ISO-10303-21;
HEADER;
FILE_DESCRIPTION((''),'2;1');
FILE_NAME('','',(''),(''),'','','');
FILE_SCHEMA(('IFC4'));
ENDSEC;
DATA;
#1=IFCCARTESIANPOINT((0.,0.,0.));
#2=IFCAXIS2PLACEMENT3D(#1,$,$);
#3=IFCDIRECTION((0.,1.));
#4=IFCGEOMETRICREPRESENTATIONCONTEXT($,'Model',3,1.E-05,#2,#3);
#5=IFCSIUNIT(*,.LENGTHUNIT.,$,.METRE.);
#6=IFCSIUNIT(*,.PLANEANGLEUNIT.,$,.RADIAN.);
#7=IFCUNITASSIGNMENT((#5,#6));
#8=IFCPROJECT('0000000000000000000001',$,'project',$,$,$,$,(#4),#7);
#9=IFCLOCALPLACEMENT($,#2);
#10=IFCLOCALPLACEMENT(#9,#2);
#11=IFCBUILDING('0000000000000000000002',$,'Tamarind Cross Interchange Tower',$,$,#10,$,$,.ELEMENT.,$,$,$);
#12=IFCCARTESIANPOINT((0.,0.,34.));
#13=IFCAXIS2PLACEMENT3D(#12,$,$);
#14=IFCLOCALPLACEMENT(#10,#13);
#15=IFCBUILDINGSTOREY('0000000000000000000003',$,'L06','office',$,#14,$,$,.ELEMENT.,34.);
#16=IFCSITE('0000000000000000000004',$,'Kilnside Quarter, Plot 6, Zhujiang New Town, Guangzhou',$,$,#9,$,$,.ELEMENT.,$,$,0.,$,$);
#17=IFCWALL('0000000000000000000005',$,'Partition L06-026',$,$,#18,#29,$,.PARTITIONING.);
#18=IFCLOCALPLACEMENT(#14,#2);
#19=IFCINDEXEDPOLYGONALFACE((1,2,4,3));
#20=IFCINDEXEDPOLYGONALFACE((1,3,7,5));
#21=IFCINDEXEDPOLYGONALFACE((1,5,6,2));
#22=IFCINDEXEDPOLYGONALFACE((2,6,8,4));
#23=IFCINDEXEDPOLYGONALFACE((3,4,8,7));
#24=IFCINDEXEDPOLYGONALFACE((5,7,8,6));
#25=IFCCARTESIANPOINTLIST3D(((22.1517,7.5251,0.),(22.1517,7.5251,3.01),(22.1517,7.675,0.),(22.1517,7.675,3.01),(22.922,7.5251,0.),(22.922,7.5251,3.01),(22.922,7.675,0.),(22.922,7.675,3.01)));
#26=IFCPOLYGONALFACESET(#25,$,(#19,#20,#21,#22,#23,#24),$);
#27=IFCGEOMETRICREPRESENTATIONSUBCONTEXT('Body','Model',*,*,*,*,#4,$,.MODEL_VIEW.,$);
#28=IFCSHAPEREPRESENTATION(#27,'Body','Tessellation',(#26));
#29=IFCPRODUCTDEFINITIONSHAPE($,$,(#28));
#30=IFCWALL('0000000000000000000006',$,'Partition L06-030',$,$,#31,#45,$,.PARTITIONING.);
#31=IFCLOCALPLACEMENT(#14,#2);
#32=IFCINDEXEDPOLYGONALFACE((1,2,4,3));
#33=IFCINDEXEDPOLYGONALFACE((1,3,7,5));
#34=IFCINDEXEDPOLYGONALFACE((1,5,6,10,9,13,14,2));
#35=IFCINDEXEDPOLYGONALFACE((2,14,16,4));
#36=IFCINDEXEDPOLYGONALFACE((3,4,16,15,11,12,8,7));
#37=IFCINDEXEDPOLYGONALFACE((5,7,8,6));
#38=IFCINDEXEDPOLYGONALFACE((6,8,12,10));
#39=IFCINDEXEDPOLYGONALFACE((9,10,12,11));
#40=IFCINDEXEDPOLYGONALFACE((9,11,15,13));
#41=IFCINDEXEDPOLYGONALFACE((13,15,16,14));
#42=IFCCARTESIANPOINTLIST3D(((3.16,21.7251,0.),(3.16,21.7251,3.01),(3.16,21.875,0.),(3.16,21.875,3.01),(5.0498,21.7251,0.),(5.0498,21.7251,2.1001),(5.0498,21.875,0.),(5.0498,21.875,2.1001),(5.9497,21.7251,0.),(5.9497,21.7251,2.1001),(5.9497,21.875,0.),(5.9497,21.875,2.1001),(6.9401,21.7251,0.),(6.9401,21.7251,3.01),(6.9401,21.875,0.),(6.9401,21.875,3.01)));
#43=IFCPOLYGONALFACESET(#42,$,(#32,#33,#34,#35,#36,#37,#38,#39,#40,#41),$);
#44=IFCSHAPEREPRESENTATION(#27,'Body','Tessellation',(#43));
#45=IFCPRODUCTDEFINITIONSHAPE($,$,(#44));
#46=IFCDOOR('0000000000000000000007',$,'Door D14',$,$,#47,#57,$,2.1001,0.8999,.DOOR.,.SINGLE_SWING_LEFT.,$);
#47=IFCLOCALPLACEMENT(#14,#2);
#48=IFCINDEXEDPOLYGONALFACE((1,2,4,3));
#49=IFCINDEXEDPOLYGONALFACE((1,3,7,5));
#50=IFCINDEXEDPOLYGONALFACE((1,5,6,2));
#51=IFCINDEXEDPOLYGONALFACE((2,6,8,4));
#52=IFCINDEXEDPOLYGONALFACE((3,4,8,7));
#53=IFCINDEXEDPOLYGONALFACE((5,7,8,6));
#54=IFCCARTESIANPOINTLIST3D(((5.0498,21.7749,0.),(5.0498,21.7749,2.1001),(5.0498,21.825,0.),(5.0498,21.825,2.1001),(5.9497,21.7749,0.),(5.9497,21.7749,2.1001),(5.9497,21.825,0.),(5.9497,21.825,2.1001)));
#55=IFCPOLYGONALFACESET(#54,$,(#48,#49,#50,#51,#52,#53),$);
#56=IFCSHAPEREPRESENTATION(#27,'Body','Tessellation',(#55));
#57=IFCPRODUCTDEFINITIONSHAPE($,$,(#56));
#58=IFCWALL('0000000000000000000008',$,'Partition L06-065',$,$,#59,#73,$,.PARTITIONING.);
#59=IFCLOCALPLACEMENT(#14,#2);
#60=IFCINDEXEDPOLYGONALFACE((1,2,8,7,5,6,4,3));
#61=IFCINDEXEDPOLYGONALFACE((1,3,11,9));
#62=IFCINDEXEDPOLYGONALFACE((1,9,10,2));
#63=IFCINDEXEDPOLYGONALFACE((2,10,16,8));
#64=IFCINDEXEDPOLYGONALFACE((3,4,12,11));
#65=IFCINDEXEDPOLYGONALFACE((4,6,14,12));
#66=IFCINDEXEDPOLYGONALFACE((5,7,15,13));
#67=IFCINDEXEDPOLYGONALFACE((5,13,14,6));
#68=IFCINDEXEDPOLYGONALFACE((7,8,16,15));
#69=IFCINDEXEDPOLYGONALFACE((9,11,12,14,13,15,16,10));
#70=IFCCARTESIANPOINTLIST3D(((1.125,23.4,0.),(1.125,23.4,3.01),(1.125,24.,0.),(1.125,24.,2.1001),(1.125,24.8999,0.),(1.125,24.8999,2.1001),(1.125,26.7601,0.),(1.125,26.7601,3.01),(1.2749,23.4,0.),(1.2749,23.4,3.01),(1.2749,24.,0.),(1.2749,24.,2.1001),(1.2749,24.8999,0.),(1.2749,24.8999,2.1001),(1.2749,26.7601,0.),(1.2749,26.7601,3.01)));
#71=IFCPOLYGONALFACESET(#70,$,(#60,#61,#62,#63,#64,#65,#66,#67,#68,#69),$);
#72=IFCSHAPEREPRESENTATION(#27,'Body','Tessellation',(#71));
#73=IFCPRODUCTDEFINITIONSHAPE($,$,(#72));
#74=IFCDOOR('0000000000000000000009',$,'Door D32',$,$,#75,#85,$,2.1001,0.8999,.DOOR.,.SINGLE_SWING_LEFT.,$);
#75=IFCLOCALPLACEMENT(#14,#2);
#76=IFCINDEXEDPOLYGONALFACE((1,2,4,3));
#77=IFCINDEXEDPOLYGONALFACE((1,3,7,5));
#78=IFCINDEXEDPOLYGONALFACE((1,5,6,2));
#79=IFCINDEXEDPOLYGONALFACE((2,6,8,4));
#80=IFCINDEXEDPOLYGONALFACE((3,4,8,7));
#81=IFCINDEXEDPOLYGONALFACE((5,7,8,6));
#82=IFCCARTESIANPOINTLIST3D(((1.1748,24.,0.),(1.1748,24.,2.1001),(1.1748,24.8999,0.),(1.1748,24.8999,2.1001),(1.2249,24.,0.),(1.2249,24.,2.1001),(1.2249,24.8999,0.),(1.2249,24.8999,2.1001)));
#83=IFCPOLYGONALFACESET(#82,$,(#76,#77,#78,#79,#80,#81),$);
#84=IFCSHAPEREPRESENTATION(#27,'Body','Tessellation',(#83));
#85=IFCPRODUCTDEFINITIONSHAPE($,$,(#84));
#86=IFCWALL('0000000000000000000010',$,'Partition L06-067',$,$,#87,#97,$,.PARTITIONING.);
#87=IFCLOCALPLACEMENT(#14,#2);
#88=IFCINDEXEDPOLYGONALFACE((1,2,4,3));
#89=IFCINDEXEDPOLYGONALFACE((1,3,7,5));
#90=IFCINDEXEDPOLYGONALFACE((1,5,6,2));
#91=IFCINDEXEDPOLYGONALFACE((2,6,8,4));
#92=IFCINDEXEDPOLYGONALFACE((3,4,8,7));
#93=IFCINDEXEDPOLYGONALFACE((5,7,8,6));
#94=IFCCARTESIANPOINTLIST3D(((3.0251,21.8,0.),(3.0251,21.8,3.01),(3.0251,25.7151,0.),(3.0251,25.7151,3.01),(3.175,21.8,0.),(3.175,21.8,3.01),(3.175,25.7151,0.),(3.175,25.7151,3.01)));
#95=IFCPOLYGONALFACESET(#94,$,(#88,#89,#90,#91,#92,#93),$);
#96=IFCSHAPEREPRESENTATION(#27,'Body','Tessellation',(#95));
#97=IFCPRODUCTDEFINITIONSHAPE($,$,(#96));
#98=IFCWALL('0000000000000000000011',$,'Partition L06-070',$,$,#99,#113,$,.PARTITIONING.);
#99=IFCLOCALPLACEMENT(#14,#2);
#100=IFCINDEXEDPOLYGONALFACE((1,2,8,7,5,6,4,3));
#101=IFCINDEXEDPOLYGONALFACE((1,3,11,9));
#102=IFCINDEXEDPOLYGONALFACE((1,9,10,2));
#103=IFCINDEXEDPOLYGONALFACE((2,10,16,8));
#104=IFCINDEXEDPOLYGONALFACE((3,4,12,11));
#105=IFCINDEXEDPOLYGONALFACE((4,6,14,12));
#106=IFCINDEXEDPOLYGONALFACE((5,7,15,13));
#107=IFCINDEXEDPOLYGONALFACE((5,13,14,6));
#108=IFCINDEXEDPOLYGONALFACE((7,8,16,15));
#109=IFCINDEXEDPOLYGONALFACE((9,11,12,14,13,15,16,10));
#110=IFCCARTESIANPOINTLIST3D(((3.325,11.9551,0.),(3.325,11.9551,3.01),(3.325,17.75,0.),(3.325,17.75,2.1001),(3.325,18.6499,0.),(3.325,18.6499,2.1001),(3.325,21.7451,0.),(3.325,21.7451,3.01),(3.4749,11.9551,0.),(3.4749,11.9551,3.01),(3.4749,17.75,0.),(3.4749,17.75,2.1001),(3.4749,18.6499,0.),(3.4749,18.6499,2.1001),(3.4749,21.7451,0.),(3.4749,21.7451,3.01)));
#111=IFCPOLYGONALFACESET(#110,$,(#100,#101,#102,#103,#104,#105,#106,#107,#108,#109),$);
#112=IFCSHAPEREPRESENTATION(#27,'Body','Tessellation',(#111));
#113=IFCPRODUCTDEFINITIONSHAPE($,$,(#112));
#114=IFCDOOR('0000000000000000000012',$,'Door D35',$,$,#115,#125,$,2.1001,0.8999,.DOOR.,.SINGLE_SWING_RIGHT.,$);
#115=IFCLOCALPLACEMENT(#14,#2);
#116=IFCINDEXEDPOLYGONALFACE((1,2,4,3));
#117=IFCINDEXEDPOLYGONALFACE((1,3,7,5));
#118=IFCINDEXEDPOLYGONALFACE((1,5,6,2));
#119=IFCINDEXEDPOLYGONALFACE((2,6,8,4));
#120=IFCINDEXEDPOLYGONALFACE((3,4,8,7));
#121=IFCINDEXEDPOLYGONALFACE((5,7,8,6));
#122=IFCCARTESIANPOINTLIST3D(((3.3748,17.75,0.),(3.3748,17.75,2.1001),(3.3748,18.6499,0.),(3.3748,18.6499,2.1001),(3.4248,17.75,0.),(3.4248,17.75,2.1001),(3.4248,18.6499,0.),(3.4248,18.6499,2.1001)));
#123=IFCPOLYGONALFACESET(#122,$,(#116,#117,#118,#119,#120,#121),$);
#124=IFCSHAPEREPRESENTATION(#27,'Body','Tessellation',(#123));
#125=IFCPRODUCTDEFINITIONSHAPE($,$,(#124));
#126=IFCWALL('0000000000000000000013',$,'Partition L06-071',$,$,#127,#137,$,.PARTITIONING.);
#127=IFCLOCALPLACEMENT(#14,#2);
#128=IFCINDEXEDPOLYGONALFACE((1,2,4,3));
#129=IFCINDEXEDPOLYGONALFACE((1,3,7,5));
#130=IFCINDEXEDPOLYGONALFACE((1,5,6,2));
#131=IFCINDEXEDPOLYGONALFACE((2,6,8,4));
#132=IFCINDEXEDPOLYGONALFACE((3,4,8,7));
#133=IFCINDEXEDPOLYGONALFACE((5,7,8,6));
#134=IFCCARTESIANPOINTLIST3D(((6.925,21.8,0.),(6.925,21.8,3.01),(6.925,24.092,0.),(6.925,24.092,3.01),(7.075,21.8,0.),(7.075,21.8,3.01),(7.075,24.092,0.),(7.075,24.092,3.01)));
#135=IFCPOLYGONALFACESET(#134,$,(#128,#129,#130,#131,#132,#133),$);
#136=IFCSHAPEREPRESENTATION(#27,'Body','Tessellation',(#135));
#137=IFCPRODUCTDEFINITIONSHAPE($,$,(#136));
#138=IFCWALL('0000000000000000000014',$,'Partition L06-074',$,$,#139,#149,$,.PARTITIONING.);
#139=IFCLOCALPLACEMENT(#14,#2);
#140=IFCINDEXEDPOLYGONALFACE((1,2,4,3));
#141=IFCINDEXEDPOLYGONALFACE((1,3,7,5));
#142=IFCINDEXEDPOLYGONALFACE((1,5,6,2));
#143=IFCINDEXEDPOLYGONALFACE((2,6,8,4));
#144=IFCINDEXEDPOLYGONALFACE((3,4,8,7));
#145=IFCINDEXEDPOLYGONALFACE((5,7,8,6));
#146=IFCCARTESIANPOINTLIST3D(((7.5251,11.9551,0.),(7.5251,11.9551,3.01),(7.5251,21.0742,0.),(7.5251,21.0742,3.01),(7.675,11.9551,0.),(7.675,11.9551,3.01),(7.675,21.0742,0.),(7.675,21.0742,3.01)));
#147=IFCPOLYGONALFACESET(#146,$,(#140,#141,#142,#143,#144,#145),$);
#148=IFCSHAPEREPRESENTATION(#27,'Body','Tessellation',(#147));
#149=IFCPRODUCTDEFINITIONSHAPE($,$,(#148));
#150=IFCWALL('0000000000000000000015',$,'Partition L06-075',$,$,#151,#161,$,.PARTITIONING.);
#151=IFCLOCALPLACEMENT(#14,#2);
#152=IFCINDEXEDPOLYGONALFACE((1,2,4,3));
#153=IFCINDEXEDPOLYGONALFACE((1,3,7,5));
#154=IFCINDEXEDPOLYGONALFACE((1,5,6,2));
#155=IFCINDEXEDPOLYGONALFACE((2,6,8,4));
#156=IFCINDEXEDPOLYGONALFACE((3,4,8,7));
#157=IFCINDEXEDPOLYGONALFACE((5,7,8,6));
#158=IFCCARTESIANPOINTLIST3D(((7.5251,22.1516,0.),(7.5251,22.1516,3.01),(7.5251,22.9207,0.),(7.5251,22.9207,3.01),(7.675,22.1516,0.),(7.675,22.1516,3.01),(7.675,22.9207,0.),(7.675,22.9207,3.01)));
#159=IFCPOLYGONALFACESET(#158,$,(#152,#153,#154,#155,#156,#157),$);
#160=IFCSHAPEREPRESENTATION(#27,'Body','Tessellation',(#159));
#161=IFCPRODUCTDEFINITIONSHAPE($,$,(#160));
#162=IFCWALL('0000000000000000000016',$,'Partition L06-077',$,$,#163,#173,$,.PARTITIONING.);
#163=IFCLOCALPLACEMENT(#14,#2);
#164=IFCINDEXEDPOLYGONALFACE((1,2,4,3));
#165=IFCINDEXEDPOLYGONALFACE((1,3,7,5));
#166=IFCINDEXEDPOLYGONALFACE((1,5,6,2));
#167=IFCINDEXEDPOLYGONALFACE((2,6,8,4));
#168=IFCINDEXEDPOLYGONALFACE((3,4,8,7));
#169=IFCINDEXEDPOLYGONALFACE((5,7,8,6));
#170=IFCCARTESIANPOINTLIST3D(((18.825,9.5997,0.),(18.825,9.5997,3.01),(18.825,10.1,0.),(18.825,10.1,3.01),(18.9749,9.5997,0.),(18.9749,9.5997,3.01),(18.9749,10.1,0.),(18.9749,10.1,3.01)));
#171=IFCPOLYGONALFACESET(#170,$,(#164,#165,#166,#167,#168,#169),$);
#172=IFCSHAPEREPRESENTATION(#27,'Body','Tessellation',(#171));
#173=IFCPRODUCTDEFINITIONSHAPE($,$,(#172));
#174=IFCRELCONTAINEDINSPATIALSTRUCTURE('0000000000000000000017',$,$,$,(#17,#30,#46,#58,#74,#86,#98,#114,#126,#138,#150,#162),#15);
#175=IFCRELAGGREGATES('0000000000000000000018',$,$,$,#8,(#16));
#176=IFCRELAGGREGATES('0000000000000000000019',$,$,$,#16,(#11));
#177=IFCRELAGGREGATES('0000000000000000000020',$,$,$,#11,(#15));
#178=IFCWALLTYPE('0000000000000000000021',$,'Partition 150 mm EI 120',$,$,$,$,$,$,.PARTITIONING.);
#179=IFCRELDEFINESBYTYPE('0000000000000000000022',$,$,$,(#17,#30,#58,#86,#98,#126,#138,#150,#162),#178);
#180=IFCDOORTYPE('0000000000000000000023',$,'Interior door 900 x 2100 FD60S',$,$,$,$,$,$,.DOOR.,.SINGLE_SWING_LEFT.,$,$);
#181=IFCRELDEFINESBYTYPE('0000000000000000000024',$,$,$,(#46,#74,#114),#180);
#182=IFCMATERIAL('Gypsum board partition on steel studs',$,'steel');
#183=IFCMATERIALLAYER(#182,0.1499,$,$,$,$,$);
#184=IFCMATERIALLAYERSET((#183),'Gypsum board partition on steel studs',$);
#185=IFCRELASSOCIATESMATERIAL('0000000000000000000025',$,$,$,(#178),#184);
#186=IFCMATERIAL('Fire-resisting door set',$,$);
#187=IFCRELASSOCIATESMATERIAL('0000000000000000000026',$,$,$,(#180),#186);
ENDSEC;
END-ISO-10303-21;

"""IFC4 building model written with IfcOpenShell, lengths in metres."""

from ifc_helpers import new_model, si_unit, direction, frame, frame_2d, origin, place, context, subcontext, project, spatial, rectangle, extrude, material, layer, layer_set, type_object, element, fill, save


model = new_model("IFC4")

# Units and contexts
model_context = context("Model", 3, precision=1e-05, world=origin(), true_north=direction((0.0, 1.0)))
body_context = subcontext(model_context, "Body", "Model", "MODEL_VIEW")
ifc_project = project(units=[si_unit("LENGTHUNIT", "METRE"), si_unit("PLANEANGLEUNIT", "RADIAN")], contexts=[model_context])

# Site, building, storey
site_placement = place(None, origin())
site = spatial("IfcSite", under=ifc_project, at=site_placement, Name="Kilnside Quarter, Plot 6, Zhujiang New Town, Guangzhou", CompositionType="ELEMENT", RefElevation=0.0)
building_placement = place(site_placement, origin())
building = spatial("IfcBuilding", under=site, at=building_placement, Name="Tamarind Cross Interchange Tower", CompositionType="ELEMENT")
storey_placement = place(building_placement, frame((0.0, 0.0, 34.0)))
storey = spatial("IfcBuildingStorey", under=building, at=storey_placement, Name="L06", Description="office", CompositionType="ELEMENT", Elevation=34.0)

# Wall
ifc_material_1 = material(Name="Gypsum board partition on steel studs", Category="steel")
ifc_layer_1 = layer(ifc_material_1, 0.1499)
ifc_layer_set_1 = layer_set([ifc_layer_1], Name="Gypsum board partition on steel studs")
wall_type_1 = type_object("IfcWallType", Name="Partition 150 mm EI 120", PredefinedType="PARTITIONING", material=ifc_layer_set_1)
wall_1_placement = place(storey_placement, frame((22.1516, 7.6001, 0.0), z_axis=(0.0, 0.0, 1.0), x_axis=(1.0, 0.0, 0.0)))
element("IfcWall", 1, at=wall_1_placement, inside=storey, type_object=wall_type_1, Name="Partition L06-026", PredefinedType="PARTITIONING", context=body_context, shape_type="SweptSolid", body=[
    extrude(rectangle(XDim=0.7703, YDim=0.1499, at=frame_2d((0.3853, 0.0))), origin(), (0.0, 0.0, 1.0), 3.01),
])

# Walls, openings, doors
wall_2_placement = place(storey_placement, frame((3.1599, 21.8, 0.0), z_axis=(0.0, 0.0, 1.0), x_axis=(1.0, 0.0, 0.0)))
wall_2 = element("IfcWall", 2, at=wall_2_placement, inside=storey, type_object=wall_type_1, Name="Partition L06-030", PredefinedType="PARTITIONING", context=body_context, shape_type="SweptSolid", body=[
    extrude(rectangle(XDim=3.78, YDim=0.1499, at=frame_2d((1.8901, 0.0))), origin(), (0.0, 0.0, 1.0), 3.01),
])
opening_1_placement = place(wall_2_placement, frame((1.8899, 0.0, 0.0)))
opening_1 = element("IfcOpeningElement", 3, at=opening_1_placement, cuts=wall_2, PredefinedType="OPENING", context=body_context, shape_type="SweptSolid", body=[
    extrude(rectangle(XDim=0.8999, YDim=2.1001, at=frame_2d((0.45, 1.05))), frame((0.0, 0.085, 0.0), z_axis=(0.0, -1.0, 0.0), x_axis=(1.0, 0.0, 0.0)), (0.0, 0.0, 1.0), 0.1699),
])
ifc_material_2 = material(Name="Fire-resisting door set")
door_type = type_object("IfcDoorType", Name="Interior door 900 x 2100 FD60S", OperationType="SINGLE_SWING_LEFT", PredefinedType="DOOR", material=ifc_material_2)
door_1_placement = place(opening_1_placement, origin())
door_1 = element("IfcDoor", 4, at=door_1_placement, inside=storey, type_object=door_type, Name="Door D14", OperationType="SINGLE_SWING_LEFT", OverallHeight=2.1001, OverallWidth=0.8999, PredefinedType="DOOR", context=body_context, shape_type="SweptSolid", body=[
    extrude(rectangle(XDim=0.8999, YDim=2.1001, at=frame_2d((0.45, 1.05))), frame((0.0, 0.0249, 0.0), z_axis=(0.0, -1.0, 0.0), x_axis=(1.0, 0.0, 0.0)), (0.0, 0.0, 1.0), 0.05),
])
fill(opening_1, door_1)
wall_3_placement = place(storey_placement, frame((1.2, 23.3999, 0.0), z_axis=(0.0, 0.0, 1.0), x_axis=(0.0, 1.0, 0.0)))
wall_3 = element("IfcWall", 5, at=wall_3_placement, inside=storey, type_object=wall_type_1, Name="Partition L06-065", PredefinedType="PARTITIONING", context=body_context, shape_type="SweptSolid", body=[
    extrude(rectangle(XDim=3.3601, YDim=0.1499, at=frame_2d((1.6802, 0.0))), origin(), (0.0, 0.0, 1.0), 3.01),
])
opening_2_placement = place(wall_3_placement, frame((0.6001, 0.0, 0.0)))
opening_2 = element("IfcOpeningElement", 6, at=opening_2_placement, cuts=wall_3, PredefinedType="OPENING", context=body_context, shape_type="SweptSolid", body=[
    extrude(rectangle(XDim=0.8999, YDim=2.1001, at=frame_2d((0.45, 1.05))), frame((0.0, 0.085, 0.0), z_axis=(0.0, -1.0, 0.0), x_axis=(1.0, 0.0, 0.0)), (0.0, 0.0, 1.0), 0.1699),
])
door_2_placement = place(opening_2_placement, frame((0.8999, 0.0, 0.0), z_axis=(0.0, 0.0, 1.0), x_axis=(-1.0, 0.0, 0.0)))
door_2 = element("IfcDoor", 7, at=door_2_placement, inside=storey, type_object=door_type, Name="Door D32", OperationType="SINGLE_SWING_LEFT", OverallHeight=2.1001, OverallWidth=0.8999, PredefinedType="DOOR", context=body_context, shape_type="SweptSolid", body=[
    extrude(rectangle(XDim=0.8999, YDim=2.1001, at=frame_2d((0.45, 1.05))), frame((0.0, 0.0249, 0.0), z_axis=(0.0, -1.0, 0.0), x_axis=(1.0, 0.0, 0.0)), (0.0, 0.0, 1.0), 0.05),
])
fill(opening_2, door_2)

# Wall
wall_4_placement = place(storey_placement, frame((3.1001, 21.8, 0.0), z_axis=(0.0, 0.0, 1.0), x_axis=(0.0, 1.0, 0.0)))
element("IfcWall", 8, at=wall_4_placement, inside=storey, type_object=wall_type_1, Name="Partition L06-067", PredefinedType="PARTITIONING", context=body_context, shape_type="SweptSolid", body=[
    extrude(rectangle(XDim=3.915, YDim=0.1499, at=frame_2d((1.9575, 0.0))), origin(), (0.0, 0.0, 1.0), 3.01),
])

# Wall, opening, door
wall_5_placement = place(storey_placement, frame((3.3999, 11.9551, 0.0), z_axis=(0.0, 0.0, 1.0), x_axis=(0.0, 1.0, 0.0)))
wall_5 = element("IfcWall", 9, at=wall_5_placement, inside=storey, type_object=wall_type_1, Name="Partition L06-070", PredefinedType="PARTITIONING", context=body_context, shape_type="SweptSolid", body=[
    extrude(rectangle(XDim=9.79, YDim=0.1499, at=frame_2d((4.895, 0.0))), origin(), (0.0, 0.0, 1.0), 3.01),
])
opening_3_placement = place(wall_5_placement, frame((5.7949, 0.0, 0.0)))
opening_3 = element("IfcOpeningElement", 10, at=opening_3_placement, cuts=wall_5, PredefinedType="OPENING", context=body_context, shape_type="SweptSolid", body=[
    extrude(rectangle(XDim=0.8999, YDim=2.1001, at=frame_2d((0.45, 1.05))), frame((0.0, 0.085, 0.0), z_axis=(0.0, -1.0, 0.0), x_axis=(1.0, 0.0, 0.0)), (0.0, 0.0, 1.0), 0.1699),
])
door_3_placement = place(opening_3_placement, frame((0.8999, 0.0, 0.0), z_axis=(0.0, 0.0, 1.0), x_axis=(-1.0, 0.0, 0.0)))
door_3 = element("IfcDoor", 11, at=door_3_placement, inside=storey, type_object=door_type, Name="Door D35", OperationType="SINGLE_SWING_RIGHT", OverallHeight=2.1001, OverallWidth=0.8999, PredefinedType="DOOR", context=body_context, shape_type="SweptSolid", body=[
    extrude(rectangle(XDim=0.8999, YDim=2.1001, at=frame_2d((0.45, 1.05))), frame((0.0, 0.0249, 0.0), z_axis=(0.0, -1.0, 0.0), x_axis=(1.0, 0.0, 0.0)), (0.0, 0.0, 1.0), 0.05),
])
fill(opening_3, door_3)

# Walls
wall_6_placement = place(storey_placement, frame((7.0, 21.8, 0.0), z_axis=(0.0, 0.0, 1.0), x_axis=(0.0, 1.0, 0.0)))
element("IfcWall", 12, at=wall_6_placement, inside=storey, type_object=wall_type_1, Name="Partition L06-071", PredefinedType="PARTITIONING", context=body_context, shape_type="SweptSolid", body=[
    extrude(rectangle(XDim=2.292, YDim=0.1499, at=frame_2d((1.146, 0.0))), origin(), (0.0, 0.0, 1.0), 3.01),
])
wall_7_placement = place(storey_placement, frame((7.6001, 11.9551, 0.0), z_axis=(0.0, 0.0, 1.0), x_axis=(0.0, 1.0, 0.0)))
element("IfcWall", 13, at=wall_7_placement, inside=storey, type_object=wall_type_1, Name="Partition L06-074", PredefinedType="PARTITIONING", context=body_context, shape_type="SweptSolid", body=[
    extrude(rectangle(XDim=9.1191, YDim=0.1499, at=frame_2d((4.5596, 0.0))), origin(), (0.0, 0.0, 1.0), 3.01),
])
wall_8_placement = place(storey_placement, frame((7.6001, 22.1516, 0.0), z_axis=(0.0, 0.0, 1.0), x_axis=(0.0, 1.0, 0.0)))
element("IfcWall", 14, at=wall_8_placement, inside=storey, type_object=wall_type_1, Name="Partition L06-075", PredefinedType="PARTITIONING", context=body_context, shape_type="SweptSolid", body=[
    extrude(rectangle(XDim=0.769, YDim=0.1499, at=frame_2d((0.3845, 0.0))), origin(), (0.0, 0.0, 1.0), 3.01),
])
wall_9_placement = place(storey_placement, frame((18.8999, 9.5999, 0.0), z_axis=(0.0, 0.0, 1.0), x_axis=(0.0, 1.0, 0.0)))
element("IfcWall", 15, at=wall_9_placement, inside=storey, type_object=wall_type_1, Name="Partition L06-077", PredefinedType="PARTITIONING", context=body_context, shape_type="SweptSolid", body=[
    extrude(rectangle(XDim=0.5002, YDim=0.1499, at=frame_2d((0.25, 0.0))), origin(), (0.0, 0.0, 1.0), 3.01),
])

save(model, "model.ifc")
